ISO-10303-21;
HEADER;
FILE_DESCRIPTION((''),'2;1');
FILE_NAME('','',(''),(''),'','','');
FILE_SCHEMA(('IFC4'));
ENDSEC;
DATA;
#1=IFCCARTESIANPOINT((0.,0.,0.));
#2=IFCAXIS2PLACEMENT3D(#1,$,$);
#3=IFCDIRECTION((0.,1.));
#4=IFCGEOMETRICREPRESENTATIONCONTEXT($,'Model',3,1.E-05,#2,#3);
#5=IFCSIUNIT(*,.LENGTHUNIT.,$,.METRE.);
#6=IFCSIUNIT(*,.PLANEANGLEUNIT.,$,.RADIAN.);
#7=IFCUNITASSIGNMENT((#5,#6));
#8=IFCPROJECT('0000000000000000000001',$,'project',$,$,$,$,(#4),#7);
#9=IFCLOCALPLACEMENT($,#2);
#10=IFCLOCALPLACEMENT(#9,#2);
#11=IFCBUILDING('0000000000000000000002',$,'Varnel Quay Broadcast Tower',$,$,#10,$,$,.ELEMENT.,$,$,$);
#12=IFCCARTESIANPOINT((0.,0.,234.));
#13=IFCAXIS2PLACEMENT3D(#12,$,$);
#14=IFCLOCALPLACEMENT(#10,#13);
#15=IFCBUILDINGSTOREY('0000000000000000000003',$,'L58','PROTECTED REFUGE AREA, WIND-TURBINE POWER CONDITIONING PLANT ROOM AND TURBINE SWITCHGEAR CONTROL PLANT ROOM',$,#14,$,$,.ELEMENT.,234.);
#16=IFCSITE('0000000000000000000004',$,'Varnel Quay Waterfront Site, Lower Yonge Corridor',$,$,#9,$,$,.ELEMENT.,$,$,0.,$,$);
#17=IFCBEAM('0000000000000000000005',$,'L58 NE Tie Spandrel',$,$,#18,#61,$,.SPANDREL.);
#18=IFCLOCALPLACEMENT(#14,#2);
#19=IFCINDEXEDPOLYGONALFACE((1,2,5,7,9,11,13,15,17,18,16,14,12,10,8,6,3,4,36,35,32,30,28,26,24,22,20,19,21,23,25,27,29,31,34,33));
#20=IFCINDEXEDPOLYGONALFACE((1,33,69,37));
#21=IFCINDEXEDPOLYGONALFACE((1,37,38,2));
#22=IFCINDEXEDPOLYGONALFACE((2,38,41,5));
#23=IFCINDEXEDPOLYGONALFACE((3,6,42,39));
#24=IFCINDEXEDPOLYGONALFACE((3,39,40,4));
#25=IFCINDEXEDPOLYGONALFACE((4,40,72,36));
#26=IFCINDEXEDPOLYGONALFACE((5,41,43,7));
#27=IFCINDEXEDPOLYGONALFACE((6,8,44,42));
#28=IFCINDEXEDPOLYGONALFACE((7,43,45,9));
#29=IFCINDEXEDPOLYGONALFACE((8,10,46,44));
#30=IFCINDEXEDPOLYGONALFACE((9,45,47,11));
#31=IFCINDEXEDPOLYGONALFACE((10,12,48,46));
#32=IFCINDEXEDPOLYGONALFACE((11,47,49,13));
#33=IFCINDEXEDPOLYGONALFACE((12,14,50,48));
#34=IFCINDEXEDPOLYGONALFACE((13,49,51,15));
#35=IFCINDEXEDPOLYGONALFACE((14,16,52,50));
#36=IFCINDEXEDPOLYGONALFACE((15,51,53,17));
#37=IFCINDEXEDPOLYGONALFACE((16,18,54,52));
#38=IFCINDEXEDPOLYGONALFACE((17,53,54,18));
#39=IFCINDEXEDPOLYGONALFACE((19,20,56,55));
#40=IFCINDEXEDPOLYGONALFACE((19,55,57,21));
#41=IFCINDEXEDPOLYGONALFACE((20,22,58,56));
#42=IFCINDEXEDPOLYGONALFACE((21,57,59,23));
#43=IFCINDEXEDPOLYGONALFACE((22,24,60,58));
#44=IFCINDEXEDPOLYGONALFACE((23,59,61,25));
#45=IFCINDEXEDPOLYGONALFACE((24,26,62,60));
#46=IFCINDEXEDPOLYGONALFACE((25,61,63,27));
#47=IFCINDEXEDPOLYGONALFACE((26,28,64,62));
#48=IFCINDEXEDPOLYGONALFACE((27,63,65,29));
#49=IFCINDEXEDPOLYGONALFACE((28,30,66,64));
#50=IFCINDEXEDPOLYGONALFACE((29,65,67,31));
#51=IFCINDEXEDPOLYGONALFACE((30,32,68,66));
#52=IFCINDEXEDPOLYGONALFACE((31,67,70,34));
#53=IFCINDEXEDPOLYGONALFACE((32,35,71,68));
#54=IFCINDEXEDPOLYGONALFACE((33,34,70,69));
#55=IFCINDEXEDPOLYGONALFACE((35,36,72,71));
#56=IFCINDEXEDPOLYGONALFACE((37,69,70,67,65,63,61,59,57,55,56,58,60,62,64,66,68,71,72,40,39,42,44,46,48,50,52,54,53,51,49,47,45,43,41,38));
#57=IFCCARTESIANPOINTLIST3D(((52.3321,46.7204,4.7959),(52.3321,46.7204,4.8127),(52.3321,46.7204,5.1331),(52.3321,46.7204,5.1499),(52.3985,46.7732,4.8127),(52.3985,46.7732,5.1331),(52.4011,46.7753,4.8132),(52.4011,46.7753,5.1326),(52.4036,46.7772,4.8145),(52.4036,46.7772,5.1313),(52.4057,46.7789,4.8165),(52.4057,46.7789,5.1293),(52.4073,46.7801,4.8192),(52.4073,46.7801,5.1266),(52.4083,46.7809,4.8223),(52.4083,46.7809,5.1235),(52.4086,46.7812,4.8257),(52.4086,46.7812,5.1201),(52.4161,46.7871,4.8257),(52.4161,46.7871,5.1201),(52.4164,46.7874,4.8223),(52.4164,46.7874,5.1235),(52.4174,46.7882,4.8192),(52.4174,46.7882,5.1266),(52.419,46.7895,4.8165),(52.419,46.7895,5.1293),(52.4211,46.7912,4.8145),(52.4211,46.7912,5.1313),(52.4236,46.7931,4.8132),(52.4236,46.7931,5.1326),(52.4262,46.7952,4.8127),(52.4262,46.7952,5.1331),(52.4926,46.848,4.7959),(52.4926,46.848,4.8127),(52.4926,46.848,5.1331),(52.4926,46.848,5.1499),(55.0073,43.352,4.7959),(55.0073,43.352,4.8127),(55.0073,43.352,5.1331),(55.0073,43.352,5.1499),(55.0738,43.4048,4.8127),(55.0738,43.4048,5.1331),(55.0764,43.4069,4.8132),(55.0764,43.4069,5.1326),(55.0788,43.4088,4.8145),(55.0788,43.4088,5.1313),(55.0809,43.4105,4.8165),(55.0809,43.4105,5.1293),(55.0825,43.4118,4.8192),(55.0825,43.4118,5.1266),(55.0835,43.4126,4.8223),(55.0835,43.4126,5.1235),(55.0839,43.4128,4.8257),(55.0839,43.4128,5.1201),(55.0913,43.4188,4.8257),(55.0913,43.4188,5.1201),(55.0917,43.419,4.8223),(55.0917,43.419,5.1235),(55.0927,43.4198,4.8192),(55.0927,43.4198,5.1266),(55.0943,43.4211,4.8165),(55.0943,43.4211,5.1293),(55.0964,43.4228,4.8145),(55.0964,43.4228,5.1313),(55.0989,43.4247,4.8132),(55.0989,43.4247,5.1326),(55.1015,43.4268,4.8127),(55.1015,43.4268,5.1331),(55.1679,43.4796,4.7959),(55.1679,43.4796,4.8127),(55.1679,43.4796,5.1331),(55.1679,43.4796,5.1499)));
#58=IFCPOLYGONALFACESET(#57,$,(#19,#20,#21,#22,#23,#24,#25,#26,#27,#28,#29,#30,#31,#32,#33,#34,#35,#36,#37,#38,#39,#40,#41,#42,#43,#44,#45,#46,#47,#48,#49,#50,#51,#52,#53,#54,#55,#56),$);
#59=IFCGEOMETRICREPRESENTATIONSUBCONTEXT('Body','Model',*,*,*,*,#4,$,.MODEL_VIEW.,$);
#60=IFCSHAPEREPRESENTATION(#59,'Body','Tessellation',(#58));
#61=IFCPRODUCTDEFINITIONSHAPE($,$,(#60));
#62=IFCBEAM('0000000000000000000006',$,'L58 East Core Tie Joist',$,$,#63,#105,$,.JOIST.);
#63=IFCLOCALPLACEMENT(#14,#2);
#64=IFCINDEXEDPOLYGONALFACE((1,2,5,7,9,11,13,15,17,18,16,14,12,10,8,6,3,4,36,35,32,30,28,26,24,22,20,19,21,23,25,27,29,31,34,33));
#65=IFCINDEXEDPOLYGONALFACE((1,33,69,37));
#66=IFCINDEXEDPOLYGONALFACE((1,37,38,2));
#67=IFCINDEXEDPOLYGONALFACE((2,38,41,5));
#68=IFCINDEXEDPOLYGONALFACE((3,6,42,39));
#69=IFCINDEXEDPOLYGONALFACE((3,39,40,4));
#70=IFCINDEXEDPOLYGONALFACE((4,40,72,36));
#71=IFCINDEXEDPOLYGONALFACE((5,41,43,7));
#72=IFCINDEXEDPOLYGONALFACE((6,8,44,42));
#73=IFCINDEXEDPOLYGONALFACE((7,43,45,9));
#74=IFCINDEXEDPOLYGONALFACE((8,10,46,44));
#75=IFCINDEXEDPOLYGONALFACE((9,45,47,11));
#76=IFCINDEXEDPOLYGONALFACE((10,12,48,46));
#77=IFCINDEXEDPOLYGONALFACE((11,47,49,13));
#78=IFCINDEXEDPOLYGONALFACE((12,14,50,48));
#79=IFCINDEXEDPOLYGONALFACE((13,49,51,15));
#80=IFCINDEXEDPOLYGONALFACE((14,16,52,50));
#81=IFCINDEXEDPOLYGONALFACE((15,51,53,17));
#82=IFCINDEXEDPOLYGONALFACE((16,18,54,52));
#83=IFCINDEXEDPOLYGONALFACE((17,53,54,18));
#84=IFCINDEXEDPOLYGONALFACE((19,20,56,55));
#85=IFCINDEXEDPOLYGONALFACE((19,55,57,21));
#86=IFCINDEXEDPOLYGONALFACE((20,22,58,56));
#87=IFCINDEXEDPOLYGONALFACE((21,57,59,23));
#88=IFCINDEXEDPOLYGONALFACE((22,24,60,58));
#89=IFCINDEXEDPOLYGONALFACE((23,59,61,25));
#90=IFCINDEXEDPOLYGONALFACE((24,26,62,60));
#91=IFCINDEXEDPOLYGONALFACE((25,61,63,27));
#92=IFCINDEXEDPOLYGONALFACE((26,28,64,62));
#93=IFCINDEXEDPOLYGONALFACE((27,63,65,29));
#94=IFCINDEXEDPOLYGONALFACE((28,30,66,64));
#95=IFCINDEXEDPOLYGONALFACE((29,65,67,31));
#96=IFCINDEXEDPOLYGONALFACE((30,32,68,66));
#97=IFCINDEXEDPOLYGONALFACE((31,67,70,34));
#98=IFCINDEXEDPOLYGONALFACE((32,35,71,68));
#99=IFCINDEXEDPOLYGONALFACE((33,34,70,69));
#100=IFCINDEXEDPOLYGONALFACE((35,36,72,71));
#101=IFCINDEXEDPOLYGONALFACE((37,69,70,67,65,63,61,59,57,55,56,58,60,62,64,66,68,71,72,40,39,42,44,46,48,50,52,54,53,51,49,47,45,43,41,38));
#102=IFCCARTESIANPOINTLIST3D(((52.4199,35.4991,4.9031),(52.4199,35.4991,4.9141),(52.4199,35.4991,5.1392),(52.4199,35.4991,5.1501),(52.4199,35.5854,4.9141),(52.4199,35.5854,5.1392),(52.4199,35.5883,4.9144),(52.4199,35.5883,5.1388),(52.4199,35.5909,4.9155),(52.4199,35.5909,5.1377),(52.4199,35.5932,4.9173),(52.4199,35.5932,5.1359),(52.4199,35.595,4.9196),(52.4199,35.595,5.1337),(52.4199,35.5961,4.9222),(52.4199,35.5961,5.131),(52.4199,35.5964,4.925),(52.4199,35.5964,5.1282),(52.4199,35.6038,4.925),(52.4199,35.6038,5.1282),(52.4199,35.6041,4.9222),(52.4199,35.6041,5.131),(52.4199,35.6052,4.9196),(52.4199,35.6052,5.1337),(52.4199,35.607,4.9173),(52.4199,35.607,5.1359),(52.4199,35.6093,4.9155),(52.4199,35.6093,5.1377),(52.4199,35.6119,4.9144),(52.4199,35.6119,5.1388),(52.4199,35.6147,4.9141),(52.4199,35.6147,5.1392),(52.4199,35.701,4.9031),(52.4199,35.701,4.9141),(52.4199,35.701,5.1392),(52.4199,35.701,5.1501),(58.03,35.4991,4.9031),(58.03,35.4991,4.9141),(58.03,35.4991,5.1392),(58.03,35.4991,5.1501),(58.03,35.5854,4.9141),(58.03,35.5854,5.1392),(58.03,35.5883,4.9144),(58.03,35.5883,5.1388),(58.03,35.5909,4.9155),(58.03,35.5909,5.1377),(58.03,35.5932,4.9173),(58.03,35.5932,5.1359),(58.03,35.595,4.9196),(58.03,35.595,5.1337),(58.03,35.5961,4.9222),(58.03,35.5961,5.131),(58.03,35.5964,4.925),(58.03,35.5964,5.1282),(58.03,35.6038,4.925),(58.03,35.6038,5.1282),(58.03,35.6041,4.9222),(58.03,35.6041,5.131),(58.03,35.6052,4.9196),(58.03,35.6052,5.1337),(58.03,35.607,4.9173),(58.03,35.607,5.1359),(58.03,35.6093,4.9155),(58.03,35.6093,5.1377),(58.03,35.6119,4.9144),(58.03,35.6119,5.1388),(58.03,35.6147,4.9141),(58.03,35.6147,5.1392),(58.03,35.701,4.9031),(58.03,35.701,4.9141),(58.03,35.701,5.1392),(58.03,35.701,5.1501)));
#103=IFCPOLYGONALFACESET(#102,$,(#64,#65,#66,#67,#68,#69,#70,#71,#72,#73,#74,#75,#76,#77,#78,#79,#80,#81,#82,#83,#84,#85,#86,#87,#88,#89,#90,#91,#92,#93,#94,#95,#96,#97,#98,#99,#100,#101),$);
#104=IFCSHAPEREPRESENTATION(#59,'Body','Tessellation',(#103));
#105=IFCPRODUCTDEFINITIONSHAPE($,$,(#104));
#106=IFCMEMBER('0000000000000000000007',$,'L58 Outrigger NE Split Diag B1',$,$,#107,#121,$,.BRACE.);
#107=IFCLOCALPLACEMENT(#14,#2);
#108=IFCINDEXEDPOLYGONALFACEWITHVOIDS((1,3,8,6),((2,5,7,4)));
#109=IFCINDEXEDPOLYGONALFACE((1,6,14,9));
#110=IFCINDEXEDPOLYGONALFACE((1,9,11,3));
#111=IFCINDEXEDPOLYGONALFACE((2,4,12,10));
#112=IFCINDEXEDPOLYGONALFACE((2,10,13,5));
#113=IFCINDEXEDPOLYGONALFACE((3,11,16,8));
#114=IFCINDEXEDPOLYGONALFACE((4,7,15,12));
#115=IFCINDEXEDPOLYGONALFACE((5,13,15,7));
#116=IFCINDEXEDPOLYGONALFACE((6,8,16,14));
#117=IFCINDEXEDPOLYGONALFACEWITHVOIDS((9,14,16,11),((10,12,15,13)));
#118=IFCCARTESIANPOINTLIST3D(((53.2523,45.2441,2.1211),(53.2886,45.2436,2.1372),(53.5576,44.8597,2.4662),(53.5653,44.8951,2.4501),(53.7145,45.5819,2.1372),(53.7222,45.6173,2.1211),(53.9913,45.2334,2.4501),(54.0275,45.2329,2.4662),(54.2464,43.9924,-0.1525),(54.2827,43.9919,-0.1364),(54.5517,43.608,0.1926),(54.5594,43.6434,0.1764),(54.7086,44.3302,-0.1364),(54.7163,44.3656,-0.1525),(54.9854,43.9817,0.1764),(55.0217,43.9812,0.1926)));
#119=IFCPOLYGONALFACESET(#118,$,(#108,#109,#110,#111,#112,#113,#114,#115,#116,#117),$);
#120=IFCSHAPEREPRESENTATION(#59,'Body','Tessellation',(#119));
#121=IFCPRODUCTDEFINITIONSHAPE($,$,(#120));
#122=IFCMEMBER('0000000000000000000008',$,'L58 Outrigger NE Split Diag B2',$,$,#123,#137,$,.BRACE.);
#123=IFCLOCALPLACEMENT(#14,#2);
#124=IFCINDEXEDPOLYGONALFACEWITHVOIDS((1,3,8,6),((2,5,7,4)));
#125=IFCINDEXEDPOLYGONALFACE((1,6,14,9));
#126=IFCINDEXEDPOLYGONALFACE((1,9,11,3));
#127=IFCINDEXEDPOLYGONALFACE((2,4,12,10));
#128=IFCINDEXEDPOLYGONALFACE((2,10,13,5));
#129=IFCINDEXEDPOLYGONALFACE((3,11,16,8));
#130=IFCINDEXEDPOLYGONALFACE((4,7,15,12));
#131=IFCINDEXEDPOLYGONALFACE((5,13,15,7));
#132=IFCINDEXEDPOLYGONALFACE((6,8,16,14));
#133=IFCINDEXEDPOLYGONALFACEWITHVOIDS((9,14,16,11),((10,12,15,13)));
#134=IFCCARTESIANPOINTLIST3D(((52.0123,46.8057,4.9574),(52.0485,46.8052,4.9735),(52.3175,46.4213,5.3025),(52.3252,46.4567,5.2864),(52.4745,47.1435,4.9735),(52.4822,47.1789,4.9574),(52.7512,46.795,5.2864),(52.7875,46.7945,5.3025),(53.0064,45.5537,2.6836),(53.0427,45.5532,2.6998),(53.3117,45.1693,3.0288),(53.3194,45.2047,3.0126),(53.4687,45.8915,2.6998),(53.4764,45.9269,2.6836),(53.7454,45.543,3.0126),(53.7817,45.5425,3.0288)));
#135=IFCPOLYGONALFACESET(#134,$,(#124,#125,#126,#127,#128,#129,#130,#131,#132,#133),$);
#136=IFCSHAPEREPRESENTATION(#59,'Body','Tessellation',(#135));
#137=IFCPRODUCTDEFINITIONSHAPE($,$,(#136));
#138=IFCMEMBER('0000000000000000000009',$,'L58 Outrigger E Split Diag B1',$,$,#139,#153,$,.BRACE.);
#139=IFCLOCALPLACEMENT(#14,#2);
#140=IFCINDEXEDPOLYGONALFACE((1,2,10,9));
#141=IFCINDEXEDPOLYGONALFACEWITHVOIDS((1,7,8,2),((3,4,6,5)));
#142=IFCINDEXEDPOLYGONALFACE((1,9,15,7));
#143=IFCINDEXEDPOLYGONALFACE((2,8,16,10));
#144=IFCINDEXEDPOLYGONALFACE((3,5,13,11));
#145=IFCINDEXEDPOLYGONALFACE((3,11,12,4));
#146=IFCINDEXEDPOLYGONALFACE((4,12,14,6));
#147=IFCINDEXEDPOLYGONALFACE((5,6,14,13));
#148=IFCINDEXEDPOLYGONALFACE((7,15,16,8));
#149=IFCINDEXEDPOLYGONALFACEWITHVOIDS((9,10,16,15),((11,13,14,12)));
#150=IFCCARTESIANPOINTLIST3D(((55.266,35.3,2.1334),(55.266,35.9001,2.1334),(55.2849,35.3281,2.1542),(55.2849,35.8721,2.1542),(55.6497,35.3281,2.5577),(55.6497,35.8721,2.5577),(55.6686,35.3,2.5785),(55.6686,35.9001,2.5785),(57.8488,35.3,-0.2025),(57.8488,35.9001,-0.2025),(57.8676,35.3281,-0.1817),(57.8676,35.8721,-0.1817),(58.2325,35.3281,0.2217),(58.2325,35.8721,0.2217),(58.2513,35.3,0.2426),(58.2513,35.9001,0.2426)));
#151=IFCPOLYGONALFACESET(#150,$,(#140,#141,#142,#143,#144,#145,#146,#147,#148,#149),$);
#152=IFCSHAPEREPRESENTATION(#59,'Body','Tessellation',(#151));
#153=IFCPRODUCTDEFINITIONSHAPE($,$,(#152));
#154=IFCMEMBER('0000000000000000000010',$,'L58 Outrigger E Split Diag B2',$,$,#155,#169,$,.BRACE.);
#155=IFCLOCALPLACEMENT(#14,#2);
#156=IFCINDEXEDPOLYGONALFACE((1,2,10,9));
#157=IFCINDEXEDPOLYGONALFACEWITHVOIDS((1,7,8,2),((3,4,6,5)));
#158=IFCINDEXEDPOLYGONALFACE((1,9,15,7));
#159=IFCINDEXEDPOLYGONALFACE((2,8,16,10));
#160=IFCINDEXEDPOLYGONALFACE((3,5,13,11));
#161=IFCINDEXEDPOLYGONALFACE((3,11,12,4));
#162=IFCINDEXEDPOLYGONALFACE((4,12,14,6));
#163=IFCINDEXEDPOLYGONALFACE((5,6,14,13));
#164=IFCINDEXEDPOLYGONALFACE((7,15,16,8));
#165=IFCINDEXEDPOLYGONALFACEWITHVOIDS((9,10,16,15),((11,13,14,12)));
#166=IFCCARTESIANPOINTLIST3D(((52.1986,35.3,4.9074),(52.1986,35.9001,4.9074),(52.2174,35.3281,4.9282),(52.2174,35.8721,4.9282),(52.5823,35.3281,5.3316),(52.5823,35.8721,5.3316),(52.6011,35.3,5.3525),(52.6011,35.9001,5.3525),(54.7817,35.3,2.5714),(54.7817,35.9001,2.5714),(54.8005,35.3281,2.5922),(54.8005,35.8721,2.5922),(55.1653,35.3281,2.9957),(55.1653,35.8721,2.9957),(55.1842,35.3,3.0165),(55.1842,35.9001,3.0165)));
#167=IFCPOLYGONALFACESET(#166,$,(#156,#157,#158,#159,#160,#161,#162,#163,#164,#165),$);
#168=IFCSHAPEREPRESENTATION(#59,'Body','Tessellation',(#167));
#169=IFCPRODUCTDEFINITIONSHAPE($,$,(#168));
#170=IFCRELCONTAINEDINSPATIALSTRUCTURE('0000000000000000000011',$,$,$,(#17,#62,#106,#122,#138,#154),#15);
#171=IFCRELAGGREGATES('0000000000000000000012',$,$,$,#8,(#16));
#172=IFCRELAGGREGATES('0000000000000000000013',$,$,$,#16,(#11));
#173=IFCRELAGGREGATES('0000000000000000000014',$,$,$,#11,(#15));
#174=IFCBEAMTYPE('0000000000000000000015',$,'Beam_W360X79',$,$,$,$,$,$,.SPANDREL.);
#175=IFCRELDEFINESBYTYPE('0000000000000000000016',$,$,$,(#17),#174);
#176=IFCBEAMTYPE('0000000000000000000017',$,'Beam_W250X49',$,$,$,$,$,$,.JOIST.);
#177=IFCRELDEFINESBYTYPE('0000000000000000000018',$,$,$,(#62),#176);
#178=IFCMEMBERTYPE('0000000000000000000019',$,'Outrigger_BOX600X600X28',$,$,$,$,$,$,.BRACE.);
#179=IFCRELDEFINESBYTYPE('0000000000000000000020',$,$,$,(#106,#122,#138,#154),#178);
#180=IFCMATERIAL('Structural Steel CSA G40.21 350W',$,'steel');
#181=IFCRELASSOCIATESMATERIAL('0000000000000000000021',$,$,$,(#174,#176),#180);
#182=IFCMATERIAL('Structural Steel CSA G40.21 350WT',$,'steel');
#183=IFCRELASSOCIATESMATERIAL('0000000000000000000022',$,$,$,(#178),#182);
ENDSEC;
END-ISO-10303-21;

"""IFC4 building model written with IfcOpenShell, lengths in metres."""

from ifc_helpers import new_model, si_unit, direction, frame, origin, origin_2d, place, context, subcontext, project, spatial, hollow_rectangle, i_section, extrude, source, transform, mapped, material, material_profile, profile_set, type_object, type_shapes, element, save


model = new_model("IFC4")

# Units and contexts
model_context = context("Model", 3, precision=1e-05, world=origin(), true_north=direction((0.0, 1.0)))
body_context = subcontext(model_context, "Body", "Model", "MODEL_VIEW")
ifc_project = project(units=[si_unit("LENGTHUNIT", "METRE"), si_unit("PLANEANGLEUNIT", "RADIAN")], contexts=[model_context])

# Site, building, storey
site_placement = place(None, origin())
site = spatial("IfcSite", under=ifc_project, at=site_placement, Name="Varnel Quay Waterfront Site, Lower Yonge Corridor", CompositionType="ELEMENT", RefElevation=0.0)
building_placement = place(site_placement, origin())
building = spatial("IfcBuilding", under=site, at=building_placement, Name="Varnel Quay Broadcast Tower", CompositionType="ELEMENT")
storey_placement = place(building_placement, frame((0.0, 0.0, 234.0)))
storey = spatial("IfcBuildingStorey", under=building, at=storey_placement, Name="L58", Description="PROTECTED REFUGE AREA, WIND-TURBINE POWER CONDITIONING PLANT ROOM AND TURBINE SWITCHGEAR CONTROL PLANT ROOM", CompositionType="ELEMENT", Elevation=234.0)

# Shared definitions
ifc_material_1 = material(Name="Structural Steel CSA G40.21 350WT", Category="steel")
ifc_material_2 = material(Name="Structural Steel CSA G40.21 350W", Category="steel")

# Beams
ifc_material_profile_1 = material_profile(ifc_material_2, i_section(OverallWidth=0.2051, OverallDepth=0.354, WebThickness=0.0095, FlangeThickness=0.0168, FilletRadius=0.0129, at=origin_2d()), Name="W360X79")
ifc_profile_set_1 = profile_set([ifc_material_profile_1], Name="Structural Steel CSA G40.21 350W")
beam_type_1 = type_object("IfcBeamType", Name="Beam_W360X79", PredefinedType="SPANDREL", material=ifc_profile_set_1)
shared_shape_1 = source(origin(), body_context, "Body", "SweptSolid", [
    extrude(i_section(OverallWidth=0.2051, OverallDepth=0.354, WebThickness=0.0095, FlangeThickness=0.0168, FilletRadius=0.0129, at=origin_2d()), origin(), (0.0, 0.0, 1.0), 4.3015),
])
beam_1_placement = place(storey_placement, frame((52.4124, 46.7842, 4.9729), z_axis=(0.621936, -0.783068, 0.0), x_axis=(0.783068, 0.621936, 0.0)))
element("IfcBeam", 1, at=beam_1_placement, inside=storey, type_object=beam_type_1, Name="L58 NE Tie Spandrel", PredefinedType="SPANDREL", context=body_context, shape_type="MappedRepresentation", body=[
    mapped(shared_shape_1, transform((0.0, 0.0, 0.0), x_axis=(1.0, 0.0, 0.0), y_axis=(0.0, 1.0, 0.0), z_axis=(0.0, 0.0, 1.0), scale=1.0)),
])
ifc_material_profile_2 = material_profile(ifc_material_2, i_section(OverallWidth=0.2019, OverallDepth=0.2471, WebThickness=0.0073, FlangeThickness=0.011, FilletRadius=0.011, at=origin_2d()), Name="W250X49")
ifc_profile_set_2 = profile_set([ifc_material_profile_2], Name="Structural Steel CSA G40.21 350W")
beam_type_2 = type_object("IfcBeamType", Name="Beam_W250X49", PredefinedType="JOIST", material=ifc_profile_set_2)
shared_shape_2 = source(origin(), body_context, "Body", "SweptSolid", [
    extrude(i_section(OverallWidth=0.2019, OverallDepth=0.2471, WebThickness=0.0073, FlangeThickness=0.011, FilletRadius=0.011, at=origin_2d()), origin(), (0.0, 0.0, 1.0), 5.6101),
])
type_shapes(beam_type_2, [shared_shape_2])
beam_2_placement = place(storey_placement, frame((52.4199, 35.6001, 5.0266), z_axis=(1.0, 0.0, 0.0), x_axis=(0.0, 1.0, 0.0)))
element("IfcBeam", 2, at=beam_2_placement, inside=storey, type_object=beam_type_2, Name="L58 East Core Tie Joist", PredefinedType="JOIST", context=body_context, shape_type="MappedRepresentation", body=[
    mapped(shared_shape_2, transform((0.0, 0.0, 0.0), x_axis=(1.0, 0.0, 0.0), y_axis=(0.0, 1.0, 0.0), z_axis=(0.0, 0.0, 1.0), scale=1.0)),
])

# Members
ifc_material_profile_3 = material_profile(ifc_material_1, hollow_rectangle(XDim=0.6001, YDim=0.6001, WallThickness=0.0281, at=origin_2d()), Name="BOX600X600X28")
ifc_profile_set_3 = profile_set([ifc_material_profile_3], Name="Structural Steel CSA G40.21 350WT")
member_type_1 = type_object("IfcMemberType", Name="Outrigger_BOX600X600X28", PredefinedType="BRACE", material=ifc_profile_set_3)
shared_shape_3 = source(origin(), body_context, "Body", "SweptSolid", [
    extrude(hollow_rectangle(XDim=0.6001, YDim=0.6001, WallThickness=0.0281, at=origin_2d()), origin(), (0.0, 0.0, 1.0), 2.7793),
])
member_1_placement = place(storey_placement, frame((54.634, 43.9868, 0.02), z_axis=(-0.35769, 0.450362, 0.818066), x_axis=(-0.783069, -0.621934, 0.0)))
element("IfcMember", 3, at=member_1_placement, inside=storey, type_object=member_type_1, Name="L58 Outrigger NE Split Diag B1", PredefinedType="BRACE", context=body_context, shape_type="MappedRepresentation", body=[
    mapped(shared_shape_3, transform((0.0, 0.0, 0.0), x_axis=(1.0, 0.0, 0.0), y_axis=(0.0, 1.0, 0.0), z_axis=(0.0, 0.0, 1.0), scale=1.0)),
])
shared_shape_4 = source(origin(), body_context, "Body", "SweptSolid", [
    extrude(hollow_rectangle(XDim=0.6001, YDim=0.6001, WallThickness=0.0281, at=origin_2d()), origin(), (0.0, 0.0, 1.0), 2.7795),
])
member_2_placement = place(storey_placement, frame((53.394, 45.5481, 2.8562), z_axis=(-0.357676, 0.450432, 0.818034), x_axis=(-0.783128, -0.62186, 0.0)))
element("IfcMember", 4, at=member_2_placement, inside=storey, type_object=member_type_1, Name="L58 Outrigger NE Split Diag B2", PredefinedType="BRACE", context=body_context, shape_type="MappedRepresentation", body=[
    mapped(shared_shape_4, transform((0.0, 0.0, 0.0), x_axis=(1.0, 0.0, 0.0), y_axis=(0.0, 1.0, 0.0), z_axis=(0.0, 0.0, 1.0), scale=1.0)),
])
shared_shape_5 = source(origin(), body_context, "Body", "SweptSolid", [
    extrude(hollow_rectangle(XDim=0.6001, YDim=0.6001, WallThickness=0.0281, at=origin_2d()), origin(), (0.0, 0.0, 1.0), 3.4824),
])
member_3_placement = place(storey_placement, frame((58.05, 35.6001, 0.02), z_axis=(-0.741657, 0.0, 0.670779), x_axis=(0.0, -1.0, 0.0)))
element("IfcMember", 5, at=member_3_placement, inside=storey, type_object=member_type_1, Name="L58 Outrigger E Split Diag B1", PredefinedType="BRACE", context=body_context, shape_type="MappedRepresentation", body=[
    mapped(shared_shape_5, transform((0.0, 0.0, 0.0), x_axis=(1.0, 0.0, 0.0), y_axis=(0.0, 1.0, 0.0), z_axis=(0.0, 0.0, 1.0), scale=1.0)),
])
shared_shape_6 = source(origin(), body_context, "Body", "SweptSolid", [
    extrude(hollow_rectangle(XDim=0.6001, YDim=0.6001, WallThickness=0.0281, at=origin_2d()), origin(), (0.0, 0.0, 1.0), 3.4827),
])
type_shapes(member_type_1, [shared_shape_3, shared_shape_4, shared_shape_5, shared_shape_6])
member_4_placement = place(storey_placement, frame((54.9829, 35.6001, 2.7939), z_axis=(-0.741689, 0.0, 0.670744), x_axis=(0.0, -1.0, 0.0)))
element("IfcMember", 6, at=member_4_placement, inside=storey, type_object=member_type_1, Name="L58 Outrigger E Split Diag B2", PredefinedType="BRACE", context=body_context, shape_type="MappedRepresentation", body=[
    mapped(shared_shape_6, transform((0.0, 0.0, 0.0), x_axis=(1.0, 0.0, 0.0), y_axis=(0.0, 1.0, 0.0), z_axis=(0.0, 0.0, 1.0), scale=1.0)),
])

save(model, "model.ifc")
